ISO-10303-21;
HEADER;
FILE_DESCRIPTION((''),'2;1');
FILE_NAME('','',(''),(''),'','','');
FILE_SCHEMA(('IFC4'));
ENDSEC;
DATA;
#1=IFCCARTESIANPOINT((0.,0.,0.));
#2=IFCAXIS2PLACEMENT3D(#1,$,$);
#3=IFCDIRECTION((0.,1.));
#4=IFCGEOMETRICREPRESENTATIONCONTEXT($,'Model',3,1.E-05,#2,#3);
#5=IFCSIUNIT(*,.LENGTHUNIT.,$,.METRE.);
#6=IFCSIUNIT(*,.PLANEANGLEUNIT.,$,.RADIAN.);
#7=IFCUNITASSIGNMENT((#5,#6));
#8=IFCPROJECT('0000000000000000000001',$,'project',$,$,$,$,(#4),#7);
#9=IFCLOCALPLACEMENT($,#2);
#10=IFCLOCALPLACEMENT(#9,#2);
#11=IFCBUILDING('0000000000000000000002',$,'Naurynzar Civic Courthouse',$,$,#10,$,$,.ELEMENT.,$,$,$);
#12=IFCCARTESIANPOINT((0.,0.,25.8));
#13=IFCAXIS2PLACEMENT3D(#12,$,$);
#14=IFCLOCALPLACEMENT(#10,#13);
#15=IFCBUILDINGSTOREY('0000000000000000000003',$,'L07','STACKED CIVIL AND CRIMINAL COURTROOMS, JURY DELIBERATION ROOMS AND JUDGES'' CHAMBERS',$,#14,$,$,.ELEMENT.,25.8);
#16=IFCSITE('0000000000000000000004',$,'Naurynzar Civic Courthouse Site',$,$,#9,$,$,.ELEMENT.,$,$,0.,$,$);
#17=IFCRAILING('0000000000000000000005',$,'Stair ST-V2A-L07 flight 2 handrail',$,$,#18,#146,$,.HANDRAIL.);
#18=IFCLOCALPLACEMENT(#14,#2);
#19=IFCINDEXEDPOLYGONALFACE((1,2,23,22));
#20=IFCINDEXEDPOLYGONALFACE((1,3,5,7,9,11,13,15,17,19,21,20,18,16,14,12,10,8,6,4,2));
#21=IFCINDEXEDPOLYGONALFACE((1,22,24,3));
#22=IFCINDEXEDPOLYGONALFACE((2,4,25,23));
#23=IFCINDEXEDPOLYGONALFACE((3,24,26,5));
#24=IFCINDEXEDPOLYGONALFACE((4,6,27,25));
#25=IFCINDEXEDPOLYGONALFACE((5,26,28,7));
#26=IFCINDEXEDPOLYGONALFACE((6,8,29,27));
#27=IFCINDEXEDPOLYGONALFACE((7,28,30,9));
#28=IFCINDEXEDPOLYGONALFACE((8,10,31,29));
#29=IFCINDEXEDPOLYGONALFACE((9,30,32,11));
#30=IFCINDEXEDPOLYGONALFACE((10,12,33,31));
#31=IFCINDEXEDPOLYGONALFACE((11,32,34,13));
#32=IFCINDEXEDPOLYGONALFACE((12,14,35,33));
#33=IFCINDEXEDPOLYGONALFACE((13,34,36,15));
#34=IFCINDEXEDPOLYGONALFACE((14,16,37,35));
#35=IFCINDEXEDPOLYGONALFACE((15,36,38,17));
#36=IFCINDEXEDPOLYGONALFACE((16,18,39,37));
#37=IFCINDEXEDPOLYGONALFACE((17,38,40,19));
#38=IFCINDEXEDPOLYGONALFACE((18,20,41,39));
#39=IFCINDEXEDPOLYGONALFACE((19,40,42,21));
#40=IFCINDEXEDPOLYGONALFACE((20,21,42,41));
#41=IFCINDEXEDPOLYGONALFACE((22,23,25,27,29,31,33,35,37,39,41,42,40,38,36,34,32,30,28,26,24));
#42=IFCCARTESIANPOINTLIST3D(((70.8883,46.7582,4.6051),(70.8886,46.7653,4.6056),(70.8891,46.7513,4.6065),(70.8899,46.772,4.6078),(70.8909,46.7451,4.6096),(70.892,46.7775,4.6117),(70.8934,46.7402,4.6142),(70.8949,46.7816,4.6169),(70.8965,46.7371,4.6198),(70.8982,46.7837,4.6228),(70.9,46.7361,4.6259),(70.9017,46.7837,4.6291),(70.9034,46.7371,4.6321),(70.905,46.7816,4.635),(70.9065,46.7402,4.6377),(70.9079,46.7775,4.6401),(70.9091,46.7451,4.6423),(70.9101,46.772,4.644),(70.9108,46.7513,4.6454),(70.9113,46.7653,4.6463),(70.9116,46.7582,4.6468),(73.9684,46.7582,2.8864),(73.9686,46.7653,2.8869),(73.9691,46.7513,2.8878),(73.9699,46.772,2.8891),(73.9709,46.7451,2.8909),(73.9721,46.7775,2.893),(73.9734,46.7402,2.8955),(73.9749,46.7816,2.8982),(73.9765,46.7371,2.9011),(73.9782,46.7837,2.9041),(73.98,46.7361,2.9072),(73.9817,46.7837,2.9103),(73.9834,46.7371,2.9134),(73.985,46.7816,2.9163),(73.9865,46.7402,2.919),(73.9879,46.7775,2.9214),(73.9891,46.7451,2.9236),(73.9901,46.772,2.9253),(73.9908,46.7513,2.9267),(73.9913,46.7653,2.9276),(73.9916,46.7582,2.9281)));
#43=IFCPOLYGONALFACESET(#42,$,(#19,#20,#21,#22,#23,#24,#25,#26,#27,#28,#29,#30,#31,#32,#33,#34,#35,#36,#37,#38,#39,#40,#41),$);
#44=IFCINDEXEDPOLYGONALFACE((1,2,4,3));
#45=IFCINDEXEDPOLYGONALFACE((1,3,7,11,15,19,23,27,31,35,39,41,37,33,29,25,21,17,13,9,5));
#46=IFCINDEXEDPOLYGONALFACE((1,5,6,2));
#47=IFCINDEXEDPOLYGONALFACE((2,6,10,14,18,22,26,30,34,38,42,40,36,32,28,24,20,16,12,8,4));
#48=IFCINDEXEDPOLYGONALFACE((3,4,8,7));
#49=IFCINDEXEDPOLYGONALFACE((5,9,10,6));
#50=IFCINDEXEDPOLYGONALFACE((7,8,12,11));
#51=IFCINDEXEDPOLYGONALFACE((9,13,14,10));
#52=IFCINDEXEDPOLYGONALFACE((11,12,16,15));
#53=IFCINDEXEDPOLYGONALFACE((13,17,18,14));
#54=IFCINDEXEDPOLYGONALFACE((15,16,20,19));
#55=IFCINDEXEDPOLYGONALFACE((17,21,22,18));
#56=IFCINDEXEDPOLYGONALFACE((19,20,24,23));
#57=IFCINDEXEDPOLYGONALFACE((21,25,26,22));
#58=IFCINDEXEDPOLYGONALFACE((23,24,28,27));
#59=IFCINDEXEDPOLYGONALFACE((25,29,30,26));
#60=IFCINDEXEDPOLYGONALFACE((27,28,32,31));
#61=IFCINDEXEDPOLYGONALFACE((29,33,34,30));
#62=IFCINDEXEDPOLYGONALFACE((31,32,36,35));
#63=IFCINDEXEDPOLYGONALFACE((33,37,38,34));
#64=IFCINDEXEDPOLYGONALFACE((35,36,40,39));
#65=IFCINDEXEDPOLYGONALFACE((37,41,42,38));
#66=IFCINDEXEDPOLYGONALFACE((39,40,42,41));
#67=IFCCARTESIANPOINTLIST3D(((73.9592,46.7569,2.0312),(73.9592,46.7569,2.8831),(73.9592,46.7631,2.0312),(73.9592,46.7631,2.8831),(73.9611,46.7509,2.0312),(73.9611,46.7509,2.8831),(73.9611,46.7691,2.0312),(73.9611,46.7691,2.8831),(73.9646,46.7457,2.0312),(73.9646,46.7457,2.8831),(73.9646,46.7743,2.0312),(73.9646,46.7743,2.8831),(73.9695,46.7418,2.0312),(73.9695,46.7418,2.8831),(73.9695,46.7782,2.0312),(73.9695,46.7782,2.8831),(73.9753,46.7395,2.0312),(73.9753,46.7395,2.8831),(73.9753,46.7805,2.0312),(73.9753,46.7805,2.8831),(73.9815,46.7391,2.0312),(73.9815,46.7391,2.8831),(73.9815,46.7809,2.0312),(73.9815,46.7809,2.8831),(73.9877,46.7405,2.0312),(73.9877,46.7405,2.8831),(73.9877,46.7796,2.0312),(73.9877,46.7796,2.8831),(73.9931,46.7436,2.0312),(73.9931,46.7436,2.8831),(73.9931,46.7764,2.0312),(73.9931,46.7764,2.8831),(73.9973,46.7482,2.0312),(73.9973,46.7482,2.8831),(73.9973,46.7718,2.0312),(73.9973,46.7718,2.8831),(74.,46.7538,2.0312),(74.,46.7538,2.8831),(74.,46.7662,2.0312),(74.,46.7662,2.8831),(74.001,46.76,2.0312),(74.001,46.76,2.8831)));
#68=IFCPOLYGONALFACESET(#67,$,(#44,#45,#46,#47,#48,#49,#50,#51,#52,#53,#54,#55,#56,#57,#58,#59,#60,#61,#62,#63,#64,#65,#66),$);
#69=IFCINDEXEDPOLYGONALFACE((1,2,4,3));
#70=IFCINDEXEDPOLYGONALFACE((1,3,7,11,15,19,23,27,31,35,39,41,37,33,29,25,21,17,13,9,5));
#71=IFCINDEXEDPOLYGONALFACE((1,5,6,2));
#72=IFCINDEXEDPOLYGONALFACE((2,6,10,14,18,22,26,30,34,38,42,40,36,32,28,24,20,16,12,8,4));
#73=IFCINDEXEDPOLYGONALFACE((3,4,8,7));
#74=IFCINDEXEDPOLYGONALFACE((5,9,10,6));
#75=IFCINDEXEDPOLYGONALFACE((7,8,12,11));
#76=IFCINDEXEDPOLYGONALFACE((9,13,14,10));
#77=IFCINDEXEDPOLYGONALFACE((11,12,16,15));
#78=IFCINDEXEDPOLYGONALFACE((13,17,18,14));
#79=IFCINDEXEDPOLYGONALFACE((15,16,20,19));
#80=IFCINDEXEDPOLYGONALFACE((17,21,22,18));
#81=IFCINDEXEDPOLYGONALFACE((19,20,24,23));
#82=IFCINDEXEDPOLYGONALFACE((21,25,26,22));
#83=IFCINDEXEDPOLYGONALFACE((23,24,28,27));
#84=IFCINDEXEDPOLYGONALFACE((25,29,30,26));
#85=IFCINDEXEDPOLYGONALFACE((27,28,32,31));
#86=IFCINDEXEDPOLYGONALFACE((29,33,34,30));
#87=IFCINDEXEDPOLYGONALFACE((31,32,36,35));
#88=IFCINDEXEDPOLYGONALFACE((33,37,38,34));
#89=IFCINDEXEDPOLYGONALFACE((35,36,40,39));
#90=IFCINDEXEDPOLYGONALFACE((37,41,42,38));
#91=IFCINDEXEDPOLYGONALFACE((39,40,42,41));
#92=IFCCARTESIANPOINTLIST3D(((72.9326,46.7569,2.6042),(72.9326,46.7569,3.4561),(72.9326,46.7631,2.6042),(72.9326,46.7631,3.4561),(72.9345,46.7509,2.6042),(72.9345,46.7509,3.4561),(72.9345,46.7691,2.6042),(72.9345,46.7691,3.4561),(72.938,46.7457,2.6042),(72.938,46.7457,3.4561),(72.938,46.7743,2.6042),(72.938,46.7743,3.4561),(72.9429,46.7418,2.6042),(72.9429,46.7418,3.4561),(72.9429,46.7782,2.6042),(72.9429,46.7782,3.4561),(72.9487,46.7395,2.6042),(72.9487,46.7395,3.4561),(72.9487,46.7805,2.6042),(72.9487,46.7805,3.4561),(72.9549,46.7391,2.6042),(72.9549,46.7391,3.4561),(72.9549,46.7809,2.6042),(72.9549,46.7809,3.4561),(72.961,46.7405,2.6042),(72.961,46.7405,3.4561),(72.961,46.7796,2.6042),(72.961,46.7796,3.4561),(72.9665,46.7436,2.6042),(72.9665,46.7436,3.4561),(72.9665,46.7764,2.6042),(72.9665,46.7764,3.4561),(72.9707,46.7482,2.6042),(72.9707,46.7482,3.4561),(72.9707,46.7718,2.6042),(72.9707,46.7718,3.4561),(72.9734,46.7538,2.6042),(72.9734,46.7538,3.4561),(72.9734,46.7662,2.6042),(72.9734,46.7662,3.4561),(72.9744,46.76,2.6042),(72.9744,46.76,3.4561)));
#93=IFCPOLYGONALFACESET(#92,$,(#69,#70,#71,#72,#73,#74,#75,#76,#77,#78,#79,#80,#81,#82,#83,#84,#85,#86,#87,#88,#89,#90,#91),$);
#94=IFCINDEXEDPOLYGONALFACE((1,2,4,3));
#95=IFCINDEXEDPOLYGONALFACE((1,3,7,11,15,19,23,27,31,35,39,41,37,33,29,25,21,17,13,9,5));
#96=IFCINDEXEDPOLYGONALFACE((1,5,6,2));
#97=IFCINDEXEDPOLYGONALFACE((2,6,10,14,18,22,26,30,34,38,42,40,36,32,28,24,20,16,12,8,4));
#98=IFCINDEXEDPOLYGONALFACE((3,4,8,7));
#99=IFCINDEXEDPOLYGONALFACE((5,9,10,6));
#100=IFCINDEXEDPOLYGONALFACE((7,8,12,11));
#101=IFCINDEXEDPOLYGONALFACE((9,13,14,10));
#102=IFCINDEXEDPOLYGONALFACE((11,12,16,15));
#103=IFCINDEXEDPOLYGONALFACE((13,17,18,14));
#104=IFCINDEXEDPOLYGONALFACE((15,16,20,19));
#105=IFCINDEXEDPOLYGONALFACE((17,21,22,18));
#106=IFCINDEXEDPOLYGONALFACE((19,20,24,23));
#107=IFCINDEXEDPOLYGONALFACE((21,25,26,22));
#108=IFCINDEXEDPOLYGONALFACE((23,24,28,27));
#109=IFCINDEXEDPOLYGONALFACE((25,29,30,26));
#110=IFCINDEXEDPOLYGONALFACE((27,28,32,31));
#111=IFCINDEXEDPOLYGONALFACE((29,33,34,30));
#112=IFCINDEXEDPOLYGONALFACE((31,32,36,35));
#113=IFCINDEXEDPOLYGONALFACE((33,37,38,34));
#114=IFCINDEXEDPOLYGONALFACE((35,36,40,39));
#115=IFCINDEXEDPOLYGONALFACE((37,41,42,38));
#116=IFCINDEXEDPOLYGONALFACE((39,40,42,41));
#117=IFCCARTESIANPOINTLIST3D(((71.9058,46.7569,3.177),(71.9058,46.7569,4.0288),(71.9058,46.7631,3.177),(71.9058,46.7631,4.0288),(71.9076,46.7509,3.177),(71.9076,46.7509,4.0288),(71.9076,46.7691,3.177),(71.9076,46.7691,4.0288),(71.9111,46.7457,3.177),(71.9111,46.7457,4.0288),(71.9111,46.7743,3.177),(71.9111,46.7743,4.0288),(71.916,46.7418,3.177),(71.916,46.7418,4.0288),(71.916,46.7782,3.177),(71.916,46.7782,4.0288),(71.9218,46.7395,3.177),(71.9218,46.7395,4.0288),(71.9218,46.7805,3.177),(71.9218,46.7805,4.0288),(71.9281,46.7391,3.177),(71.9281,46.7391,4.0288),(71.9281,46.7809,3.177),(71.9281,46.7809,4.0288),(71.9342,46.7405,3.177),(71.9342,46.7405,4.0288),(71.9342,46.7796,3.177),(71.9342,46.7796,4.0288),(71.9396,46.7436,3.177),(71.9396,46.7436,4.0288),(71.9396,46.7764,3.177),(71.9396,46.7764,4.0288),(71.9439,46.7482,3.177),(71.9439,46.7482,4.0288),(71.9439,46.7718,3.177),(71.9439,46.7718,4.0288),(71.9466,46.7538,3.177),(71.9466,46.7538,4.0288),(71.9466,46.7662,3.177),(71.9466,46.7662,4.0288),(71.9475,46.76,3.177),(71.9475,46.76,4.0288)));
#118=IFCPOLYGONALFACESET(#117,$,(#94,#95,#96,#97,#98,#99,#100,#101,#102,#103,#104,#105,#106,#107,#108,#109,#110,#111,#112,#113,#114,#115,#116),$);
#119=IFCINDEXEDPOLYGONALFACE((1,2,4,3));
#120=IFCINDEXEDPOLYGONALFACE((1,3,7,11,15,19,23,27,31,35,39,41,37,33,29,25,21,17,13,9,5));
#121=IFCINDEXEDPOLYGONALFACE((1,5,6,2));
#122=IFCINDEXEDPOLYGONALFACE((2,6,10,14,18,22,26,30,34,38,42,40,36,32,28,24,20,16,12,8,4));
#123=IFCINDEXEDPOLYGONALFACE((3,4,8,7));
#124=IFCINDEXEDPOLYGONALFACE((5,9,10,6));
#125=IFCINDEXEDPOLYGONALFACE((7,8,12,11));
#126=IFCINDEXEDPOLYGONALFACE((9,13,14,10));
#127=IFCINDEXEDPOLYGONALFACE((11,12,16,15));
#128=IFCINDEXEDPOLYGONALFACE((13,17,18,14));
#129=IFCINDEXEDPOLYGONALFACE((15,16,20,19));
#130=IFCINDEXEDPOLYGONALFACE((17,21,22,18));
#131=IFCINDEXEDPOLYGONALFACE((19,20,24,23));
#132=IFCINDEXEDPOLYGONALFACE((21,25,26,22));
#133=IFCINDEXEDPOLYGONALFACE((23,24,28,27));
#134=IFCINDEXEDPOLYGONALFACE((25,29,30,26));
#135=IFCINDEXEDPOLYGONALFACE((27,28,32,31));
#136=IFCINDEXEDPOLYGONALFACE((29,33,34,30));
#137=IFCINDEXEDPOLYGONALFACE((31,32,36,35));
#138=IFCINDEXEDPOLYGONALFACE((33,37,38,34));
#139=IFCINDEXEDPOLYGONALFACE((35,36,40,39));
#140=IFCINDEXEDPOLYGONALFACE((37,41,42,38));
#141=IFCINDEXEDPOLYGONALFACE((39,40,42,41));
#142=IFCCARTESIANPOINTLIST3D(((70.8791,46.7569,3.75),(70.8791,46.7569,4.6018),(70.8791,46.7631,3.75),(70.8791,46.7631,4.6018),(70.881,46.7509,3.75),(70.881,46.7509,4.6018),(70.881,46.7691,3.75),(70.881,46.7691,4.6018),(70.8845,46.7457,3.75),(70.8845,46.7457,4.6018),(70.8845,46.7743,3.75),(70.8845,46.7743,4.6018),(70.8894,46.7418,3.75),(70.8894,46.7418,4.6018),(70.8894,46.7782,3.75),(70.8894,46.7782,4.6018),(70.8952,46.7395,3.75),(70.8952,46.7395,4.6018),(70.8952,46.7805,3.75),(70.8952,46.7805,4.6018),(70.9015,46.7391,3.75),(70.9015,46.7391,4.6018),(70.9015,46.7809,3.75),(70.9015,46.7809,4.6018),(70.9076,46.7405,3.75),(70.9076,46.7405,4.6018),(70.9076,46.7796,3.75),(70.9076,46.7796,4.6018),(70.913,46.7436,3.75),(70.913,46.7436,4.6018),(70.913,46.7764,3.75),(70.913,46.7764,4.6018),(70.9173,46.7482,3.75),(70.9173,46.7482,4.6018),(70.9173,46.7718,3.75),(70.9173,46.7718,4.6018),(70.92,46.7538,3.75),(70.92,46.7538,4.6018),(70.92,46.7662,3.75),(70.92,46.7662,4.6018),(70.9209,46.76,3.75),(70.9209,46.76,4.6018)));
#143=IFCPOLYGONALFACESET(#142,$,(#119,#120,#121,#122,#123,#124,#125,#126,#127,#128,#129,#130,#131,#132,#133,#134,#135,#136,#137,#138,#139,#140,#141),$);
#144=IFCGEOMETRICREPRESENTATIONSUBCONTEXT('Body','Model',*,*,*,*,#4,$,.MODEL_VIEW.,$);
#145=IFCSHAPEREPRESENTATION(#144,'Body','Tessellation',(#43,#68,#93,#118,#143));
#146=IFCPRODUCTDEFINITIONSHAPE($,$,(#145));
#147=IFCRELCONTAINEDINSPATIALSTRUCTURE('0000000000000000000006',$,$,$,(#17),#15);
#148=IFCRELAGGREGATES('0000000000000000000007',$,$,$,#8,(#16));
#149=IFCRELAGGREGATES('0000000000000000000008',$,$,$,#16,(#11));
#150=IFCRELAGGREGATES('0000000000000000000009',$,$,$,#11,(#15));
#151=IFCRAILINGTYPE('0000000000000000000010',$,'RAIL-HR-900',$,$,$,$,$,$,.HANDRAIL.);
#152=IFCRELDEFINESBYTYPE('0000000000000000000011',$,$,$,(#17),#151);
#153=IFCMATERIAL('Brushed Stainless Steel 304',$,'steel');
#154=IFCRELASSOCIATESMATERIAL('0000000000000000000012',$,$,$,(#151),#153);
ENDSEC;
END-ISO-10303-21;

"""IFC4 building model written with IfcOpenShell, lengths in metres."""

from ifc_helpers import new_model, si_unit, direction, frame, origin, origin_2d, place, context, subcontext, project, spatial, circle, extrude, material, type_object, element, save


model = new_model("IFC4")

# Units and contexts
model_context = context("Model", 3, precision=1e-05, world=origin(), true_north=direction((0.0, 1.0)))
body_context = subcontext(model_context, "Body", "Model", "MODEL_VIEW")
ifc_project = project(units=[si_unit("LENGTHUNIT", "METRE"), si_unit("PLANEANGLEUNIT", "RADIAN")], contexts=[model_context])

# Site, building, storey
site_placement = place(None, origin())
site = spatial("IfcSite", under=ifc_project, at=site_placement, Name="Naurynzar Civic Courthouse Site", CompositionType="ELEMENT", RefElevation=0.0)
building_placement = place(site_placement, origin())
building = spatial("IfcBuilding", under=site, at=building_placement, Name="Naurynzar Civic Courthouse", CompositionType="ELEMENT")
storey_placement = place(building_placement, frame((0.0, 0.0, 25.8)))
storey = spatial("IfcBuildingStorey", under=building, at=storey_placement, Name="L07", Description="STACKED CIVIL AND CRIMINAL COURTROOMS, JURY DELIBERATION ROOMS AND JUDGES' CHAMBERS", CompositionType="ELEMENT", Elevation=25.8)

# Railing
ifc_material_1 = material(Name="Brushed Stainless Steel 304", Category="steel")
railing_type_1 = type_object("IfcRailingType", Name="RAIL-HR-900", PredefinedType="HANDRAIL", material=ifc_material_1)
railing_1_placement = place(storey_placement, frame((73.98, 46.76, 2.0312)))
element("IfcRailing", 1, at=railing_1_placement, inside=storey, type_object=railing_type_1, Name="Stair ST-V2A-L07 flight 2 handrail", PredefinedType="HANDRAIL", context=body_context, shape_type="SweptSolid", body=[
    extrude(circle(Radius=0.0239, at=origin_2d()), frame((0.0, 0.0, 0.876), z_axis=(-0.873242, 0.0, 0.487288), x_axis=(0.0, -1.0, 0.0)), (0.0, 0.0, 1.0), 3.5271),
    extrude(circle(Radius=0.021, at=origin_2d()), origin(), (0.0, 0.0, 1.0), 0.8518),
    extrude(circle(Radius=0.021, at=origin_2d()), frame((-1.0266, 0.0, 0.573)), (0.0, 0.0, 1.0), 0.8518),
    extrude(circle(Radius=0.021, at=origin_2d()), frame((-2.0535, 0.0, 1.1458)), (0.0, 0.0, 1.0), 0.8518),
    extrude(circle(Radius=0.021, at=origin_2d()), frame((-3.0801, 0.0, 1.7188)), (0.0, 0.0, 1.0), 0.8518),
])

save(model, "model.ifc")
